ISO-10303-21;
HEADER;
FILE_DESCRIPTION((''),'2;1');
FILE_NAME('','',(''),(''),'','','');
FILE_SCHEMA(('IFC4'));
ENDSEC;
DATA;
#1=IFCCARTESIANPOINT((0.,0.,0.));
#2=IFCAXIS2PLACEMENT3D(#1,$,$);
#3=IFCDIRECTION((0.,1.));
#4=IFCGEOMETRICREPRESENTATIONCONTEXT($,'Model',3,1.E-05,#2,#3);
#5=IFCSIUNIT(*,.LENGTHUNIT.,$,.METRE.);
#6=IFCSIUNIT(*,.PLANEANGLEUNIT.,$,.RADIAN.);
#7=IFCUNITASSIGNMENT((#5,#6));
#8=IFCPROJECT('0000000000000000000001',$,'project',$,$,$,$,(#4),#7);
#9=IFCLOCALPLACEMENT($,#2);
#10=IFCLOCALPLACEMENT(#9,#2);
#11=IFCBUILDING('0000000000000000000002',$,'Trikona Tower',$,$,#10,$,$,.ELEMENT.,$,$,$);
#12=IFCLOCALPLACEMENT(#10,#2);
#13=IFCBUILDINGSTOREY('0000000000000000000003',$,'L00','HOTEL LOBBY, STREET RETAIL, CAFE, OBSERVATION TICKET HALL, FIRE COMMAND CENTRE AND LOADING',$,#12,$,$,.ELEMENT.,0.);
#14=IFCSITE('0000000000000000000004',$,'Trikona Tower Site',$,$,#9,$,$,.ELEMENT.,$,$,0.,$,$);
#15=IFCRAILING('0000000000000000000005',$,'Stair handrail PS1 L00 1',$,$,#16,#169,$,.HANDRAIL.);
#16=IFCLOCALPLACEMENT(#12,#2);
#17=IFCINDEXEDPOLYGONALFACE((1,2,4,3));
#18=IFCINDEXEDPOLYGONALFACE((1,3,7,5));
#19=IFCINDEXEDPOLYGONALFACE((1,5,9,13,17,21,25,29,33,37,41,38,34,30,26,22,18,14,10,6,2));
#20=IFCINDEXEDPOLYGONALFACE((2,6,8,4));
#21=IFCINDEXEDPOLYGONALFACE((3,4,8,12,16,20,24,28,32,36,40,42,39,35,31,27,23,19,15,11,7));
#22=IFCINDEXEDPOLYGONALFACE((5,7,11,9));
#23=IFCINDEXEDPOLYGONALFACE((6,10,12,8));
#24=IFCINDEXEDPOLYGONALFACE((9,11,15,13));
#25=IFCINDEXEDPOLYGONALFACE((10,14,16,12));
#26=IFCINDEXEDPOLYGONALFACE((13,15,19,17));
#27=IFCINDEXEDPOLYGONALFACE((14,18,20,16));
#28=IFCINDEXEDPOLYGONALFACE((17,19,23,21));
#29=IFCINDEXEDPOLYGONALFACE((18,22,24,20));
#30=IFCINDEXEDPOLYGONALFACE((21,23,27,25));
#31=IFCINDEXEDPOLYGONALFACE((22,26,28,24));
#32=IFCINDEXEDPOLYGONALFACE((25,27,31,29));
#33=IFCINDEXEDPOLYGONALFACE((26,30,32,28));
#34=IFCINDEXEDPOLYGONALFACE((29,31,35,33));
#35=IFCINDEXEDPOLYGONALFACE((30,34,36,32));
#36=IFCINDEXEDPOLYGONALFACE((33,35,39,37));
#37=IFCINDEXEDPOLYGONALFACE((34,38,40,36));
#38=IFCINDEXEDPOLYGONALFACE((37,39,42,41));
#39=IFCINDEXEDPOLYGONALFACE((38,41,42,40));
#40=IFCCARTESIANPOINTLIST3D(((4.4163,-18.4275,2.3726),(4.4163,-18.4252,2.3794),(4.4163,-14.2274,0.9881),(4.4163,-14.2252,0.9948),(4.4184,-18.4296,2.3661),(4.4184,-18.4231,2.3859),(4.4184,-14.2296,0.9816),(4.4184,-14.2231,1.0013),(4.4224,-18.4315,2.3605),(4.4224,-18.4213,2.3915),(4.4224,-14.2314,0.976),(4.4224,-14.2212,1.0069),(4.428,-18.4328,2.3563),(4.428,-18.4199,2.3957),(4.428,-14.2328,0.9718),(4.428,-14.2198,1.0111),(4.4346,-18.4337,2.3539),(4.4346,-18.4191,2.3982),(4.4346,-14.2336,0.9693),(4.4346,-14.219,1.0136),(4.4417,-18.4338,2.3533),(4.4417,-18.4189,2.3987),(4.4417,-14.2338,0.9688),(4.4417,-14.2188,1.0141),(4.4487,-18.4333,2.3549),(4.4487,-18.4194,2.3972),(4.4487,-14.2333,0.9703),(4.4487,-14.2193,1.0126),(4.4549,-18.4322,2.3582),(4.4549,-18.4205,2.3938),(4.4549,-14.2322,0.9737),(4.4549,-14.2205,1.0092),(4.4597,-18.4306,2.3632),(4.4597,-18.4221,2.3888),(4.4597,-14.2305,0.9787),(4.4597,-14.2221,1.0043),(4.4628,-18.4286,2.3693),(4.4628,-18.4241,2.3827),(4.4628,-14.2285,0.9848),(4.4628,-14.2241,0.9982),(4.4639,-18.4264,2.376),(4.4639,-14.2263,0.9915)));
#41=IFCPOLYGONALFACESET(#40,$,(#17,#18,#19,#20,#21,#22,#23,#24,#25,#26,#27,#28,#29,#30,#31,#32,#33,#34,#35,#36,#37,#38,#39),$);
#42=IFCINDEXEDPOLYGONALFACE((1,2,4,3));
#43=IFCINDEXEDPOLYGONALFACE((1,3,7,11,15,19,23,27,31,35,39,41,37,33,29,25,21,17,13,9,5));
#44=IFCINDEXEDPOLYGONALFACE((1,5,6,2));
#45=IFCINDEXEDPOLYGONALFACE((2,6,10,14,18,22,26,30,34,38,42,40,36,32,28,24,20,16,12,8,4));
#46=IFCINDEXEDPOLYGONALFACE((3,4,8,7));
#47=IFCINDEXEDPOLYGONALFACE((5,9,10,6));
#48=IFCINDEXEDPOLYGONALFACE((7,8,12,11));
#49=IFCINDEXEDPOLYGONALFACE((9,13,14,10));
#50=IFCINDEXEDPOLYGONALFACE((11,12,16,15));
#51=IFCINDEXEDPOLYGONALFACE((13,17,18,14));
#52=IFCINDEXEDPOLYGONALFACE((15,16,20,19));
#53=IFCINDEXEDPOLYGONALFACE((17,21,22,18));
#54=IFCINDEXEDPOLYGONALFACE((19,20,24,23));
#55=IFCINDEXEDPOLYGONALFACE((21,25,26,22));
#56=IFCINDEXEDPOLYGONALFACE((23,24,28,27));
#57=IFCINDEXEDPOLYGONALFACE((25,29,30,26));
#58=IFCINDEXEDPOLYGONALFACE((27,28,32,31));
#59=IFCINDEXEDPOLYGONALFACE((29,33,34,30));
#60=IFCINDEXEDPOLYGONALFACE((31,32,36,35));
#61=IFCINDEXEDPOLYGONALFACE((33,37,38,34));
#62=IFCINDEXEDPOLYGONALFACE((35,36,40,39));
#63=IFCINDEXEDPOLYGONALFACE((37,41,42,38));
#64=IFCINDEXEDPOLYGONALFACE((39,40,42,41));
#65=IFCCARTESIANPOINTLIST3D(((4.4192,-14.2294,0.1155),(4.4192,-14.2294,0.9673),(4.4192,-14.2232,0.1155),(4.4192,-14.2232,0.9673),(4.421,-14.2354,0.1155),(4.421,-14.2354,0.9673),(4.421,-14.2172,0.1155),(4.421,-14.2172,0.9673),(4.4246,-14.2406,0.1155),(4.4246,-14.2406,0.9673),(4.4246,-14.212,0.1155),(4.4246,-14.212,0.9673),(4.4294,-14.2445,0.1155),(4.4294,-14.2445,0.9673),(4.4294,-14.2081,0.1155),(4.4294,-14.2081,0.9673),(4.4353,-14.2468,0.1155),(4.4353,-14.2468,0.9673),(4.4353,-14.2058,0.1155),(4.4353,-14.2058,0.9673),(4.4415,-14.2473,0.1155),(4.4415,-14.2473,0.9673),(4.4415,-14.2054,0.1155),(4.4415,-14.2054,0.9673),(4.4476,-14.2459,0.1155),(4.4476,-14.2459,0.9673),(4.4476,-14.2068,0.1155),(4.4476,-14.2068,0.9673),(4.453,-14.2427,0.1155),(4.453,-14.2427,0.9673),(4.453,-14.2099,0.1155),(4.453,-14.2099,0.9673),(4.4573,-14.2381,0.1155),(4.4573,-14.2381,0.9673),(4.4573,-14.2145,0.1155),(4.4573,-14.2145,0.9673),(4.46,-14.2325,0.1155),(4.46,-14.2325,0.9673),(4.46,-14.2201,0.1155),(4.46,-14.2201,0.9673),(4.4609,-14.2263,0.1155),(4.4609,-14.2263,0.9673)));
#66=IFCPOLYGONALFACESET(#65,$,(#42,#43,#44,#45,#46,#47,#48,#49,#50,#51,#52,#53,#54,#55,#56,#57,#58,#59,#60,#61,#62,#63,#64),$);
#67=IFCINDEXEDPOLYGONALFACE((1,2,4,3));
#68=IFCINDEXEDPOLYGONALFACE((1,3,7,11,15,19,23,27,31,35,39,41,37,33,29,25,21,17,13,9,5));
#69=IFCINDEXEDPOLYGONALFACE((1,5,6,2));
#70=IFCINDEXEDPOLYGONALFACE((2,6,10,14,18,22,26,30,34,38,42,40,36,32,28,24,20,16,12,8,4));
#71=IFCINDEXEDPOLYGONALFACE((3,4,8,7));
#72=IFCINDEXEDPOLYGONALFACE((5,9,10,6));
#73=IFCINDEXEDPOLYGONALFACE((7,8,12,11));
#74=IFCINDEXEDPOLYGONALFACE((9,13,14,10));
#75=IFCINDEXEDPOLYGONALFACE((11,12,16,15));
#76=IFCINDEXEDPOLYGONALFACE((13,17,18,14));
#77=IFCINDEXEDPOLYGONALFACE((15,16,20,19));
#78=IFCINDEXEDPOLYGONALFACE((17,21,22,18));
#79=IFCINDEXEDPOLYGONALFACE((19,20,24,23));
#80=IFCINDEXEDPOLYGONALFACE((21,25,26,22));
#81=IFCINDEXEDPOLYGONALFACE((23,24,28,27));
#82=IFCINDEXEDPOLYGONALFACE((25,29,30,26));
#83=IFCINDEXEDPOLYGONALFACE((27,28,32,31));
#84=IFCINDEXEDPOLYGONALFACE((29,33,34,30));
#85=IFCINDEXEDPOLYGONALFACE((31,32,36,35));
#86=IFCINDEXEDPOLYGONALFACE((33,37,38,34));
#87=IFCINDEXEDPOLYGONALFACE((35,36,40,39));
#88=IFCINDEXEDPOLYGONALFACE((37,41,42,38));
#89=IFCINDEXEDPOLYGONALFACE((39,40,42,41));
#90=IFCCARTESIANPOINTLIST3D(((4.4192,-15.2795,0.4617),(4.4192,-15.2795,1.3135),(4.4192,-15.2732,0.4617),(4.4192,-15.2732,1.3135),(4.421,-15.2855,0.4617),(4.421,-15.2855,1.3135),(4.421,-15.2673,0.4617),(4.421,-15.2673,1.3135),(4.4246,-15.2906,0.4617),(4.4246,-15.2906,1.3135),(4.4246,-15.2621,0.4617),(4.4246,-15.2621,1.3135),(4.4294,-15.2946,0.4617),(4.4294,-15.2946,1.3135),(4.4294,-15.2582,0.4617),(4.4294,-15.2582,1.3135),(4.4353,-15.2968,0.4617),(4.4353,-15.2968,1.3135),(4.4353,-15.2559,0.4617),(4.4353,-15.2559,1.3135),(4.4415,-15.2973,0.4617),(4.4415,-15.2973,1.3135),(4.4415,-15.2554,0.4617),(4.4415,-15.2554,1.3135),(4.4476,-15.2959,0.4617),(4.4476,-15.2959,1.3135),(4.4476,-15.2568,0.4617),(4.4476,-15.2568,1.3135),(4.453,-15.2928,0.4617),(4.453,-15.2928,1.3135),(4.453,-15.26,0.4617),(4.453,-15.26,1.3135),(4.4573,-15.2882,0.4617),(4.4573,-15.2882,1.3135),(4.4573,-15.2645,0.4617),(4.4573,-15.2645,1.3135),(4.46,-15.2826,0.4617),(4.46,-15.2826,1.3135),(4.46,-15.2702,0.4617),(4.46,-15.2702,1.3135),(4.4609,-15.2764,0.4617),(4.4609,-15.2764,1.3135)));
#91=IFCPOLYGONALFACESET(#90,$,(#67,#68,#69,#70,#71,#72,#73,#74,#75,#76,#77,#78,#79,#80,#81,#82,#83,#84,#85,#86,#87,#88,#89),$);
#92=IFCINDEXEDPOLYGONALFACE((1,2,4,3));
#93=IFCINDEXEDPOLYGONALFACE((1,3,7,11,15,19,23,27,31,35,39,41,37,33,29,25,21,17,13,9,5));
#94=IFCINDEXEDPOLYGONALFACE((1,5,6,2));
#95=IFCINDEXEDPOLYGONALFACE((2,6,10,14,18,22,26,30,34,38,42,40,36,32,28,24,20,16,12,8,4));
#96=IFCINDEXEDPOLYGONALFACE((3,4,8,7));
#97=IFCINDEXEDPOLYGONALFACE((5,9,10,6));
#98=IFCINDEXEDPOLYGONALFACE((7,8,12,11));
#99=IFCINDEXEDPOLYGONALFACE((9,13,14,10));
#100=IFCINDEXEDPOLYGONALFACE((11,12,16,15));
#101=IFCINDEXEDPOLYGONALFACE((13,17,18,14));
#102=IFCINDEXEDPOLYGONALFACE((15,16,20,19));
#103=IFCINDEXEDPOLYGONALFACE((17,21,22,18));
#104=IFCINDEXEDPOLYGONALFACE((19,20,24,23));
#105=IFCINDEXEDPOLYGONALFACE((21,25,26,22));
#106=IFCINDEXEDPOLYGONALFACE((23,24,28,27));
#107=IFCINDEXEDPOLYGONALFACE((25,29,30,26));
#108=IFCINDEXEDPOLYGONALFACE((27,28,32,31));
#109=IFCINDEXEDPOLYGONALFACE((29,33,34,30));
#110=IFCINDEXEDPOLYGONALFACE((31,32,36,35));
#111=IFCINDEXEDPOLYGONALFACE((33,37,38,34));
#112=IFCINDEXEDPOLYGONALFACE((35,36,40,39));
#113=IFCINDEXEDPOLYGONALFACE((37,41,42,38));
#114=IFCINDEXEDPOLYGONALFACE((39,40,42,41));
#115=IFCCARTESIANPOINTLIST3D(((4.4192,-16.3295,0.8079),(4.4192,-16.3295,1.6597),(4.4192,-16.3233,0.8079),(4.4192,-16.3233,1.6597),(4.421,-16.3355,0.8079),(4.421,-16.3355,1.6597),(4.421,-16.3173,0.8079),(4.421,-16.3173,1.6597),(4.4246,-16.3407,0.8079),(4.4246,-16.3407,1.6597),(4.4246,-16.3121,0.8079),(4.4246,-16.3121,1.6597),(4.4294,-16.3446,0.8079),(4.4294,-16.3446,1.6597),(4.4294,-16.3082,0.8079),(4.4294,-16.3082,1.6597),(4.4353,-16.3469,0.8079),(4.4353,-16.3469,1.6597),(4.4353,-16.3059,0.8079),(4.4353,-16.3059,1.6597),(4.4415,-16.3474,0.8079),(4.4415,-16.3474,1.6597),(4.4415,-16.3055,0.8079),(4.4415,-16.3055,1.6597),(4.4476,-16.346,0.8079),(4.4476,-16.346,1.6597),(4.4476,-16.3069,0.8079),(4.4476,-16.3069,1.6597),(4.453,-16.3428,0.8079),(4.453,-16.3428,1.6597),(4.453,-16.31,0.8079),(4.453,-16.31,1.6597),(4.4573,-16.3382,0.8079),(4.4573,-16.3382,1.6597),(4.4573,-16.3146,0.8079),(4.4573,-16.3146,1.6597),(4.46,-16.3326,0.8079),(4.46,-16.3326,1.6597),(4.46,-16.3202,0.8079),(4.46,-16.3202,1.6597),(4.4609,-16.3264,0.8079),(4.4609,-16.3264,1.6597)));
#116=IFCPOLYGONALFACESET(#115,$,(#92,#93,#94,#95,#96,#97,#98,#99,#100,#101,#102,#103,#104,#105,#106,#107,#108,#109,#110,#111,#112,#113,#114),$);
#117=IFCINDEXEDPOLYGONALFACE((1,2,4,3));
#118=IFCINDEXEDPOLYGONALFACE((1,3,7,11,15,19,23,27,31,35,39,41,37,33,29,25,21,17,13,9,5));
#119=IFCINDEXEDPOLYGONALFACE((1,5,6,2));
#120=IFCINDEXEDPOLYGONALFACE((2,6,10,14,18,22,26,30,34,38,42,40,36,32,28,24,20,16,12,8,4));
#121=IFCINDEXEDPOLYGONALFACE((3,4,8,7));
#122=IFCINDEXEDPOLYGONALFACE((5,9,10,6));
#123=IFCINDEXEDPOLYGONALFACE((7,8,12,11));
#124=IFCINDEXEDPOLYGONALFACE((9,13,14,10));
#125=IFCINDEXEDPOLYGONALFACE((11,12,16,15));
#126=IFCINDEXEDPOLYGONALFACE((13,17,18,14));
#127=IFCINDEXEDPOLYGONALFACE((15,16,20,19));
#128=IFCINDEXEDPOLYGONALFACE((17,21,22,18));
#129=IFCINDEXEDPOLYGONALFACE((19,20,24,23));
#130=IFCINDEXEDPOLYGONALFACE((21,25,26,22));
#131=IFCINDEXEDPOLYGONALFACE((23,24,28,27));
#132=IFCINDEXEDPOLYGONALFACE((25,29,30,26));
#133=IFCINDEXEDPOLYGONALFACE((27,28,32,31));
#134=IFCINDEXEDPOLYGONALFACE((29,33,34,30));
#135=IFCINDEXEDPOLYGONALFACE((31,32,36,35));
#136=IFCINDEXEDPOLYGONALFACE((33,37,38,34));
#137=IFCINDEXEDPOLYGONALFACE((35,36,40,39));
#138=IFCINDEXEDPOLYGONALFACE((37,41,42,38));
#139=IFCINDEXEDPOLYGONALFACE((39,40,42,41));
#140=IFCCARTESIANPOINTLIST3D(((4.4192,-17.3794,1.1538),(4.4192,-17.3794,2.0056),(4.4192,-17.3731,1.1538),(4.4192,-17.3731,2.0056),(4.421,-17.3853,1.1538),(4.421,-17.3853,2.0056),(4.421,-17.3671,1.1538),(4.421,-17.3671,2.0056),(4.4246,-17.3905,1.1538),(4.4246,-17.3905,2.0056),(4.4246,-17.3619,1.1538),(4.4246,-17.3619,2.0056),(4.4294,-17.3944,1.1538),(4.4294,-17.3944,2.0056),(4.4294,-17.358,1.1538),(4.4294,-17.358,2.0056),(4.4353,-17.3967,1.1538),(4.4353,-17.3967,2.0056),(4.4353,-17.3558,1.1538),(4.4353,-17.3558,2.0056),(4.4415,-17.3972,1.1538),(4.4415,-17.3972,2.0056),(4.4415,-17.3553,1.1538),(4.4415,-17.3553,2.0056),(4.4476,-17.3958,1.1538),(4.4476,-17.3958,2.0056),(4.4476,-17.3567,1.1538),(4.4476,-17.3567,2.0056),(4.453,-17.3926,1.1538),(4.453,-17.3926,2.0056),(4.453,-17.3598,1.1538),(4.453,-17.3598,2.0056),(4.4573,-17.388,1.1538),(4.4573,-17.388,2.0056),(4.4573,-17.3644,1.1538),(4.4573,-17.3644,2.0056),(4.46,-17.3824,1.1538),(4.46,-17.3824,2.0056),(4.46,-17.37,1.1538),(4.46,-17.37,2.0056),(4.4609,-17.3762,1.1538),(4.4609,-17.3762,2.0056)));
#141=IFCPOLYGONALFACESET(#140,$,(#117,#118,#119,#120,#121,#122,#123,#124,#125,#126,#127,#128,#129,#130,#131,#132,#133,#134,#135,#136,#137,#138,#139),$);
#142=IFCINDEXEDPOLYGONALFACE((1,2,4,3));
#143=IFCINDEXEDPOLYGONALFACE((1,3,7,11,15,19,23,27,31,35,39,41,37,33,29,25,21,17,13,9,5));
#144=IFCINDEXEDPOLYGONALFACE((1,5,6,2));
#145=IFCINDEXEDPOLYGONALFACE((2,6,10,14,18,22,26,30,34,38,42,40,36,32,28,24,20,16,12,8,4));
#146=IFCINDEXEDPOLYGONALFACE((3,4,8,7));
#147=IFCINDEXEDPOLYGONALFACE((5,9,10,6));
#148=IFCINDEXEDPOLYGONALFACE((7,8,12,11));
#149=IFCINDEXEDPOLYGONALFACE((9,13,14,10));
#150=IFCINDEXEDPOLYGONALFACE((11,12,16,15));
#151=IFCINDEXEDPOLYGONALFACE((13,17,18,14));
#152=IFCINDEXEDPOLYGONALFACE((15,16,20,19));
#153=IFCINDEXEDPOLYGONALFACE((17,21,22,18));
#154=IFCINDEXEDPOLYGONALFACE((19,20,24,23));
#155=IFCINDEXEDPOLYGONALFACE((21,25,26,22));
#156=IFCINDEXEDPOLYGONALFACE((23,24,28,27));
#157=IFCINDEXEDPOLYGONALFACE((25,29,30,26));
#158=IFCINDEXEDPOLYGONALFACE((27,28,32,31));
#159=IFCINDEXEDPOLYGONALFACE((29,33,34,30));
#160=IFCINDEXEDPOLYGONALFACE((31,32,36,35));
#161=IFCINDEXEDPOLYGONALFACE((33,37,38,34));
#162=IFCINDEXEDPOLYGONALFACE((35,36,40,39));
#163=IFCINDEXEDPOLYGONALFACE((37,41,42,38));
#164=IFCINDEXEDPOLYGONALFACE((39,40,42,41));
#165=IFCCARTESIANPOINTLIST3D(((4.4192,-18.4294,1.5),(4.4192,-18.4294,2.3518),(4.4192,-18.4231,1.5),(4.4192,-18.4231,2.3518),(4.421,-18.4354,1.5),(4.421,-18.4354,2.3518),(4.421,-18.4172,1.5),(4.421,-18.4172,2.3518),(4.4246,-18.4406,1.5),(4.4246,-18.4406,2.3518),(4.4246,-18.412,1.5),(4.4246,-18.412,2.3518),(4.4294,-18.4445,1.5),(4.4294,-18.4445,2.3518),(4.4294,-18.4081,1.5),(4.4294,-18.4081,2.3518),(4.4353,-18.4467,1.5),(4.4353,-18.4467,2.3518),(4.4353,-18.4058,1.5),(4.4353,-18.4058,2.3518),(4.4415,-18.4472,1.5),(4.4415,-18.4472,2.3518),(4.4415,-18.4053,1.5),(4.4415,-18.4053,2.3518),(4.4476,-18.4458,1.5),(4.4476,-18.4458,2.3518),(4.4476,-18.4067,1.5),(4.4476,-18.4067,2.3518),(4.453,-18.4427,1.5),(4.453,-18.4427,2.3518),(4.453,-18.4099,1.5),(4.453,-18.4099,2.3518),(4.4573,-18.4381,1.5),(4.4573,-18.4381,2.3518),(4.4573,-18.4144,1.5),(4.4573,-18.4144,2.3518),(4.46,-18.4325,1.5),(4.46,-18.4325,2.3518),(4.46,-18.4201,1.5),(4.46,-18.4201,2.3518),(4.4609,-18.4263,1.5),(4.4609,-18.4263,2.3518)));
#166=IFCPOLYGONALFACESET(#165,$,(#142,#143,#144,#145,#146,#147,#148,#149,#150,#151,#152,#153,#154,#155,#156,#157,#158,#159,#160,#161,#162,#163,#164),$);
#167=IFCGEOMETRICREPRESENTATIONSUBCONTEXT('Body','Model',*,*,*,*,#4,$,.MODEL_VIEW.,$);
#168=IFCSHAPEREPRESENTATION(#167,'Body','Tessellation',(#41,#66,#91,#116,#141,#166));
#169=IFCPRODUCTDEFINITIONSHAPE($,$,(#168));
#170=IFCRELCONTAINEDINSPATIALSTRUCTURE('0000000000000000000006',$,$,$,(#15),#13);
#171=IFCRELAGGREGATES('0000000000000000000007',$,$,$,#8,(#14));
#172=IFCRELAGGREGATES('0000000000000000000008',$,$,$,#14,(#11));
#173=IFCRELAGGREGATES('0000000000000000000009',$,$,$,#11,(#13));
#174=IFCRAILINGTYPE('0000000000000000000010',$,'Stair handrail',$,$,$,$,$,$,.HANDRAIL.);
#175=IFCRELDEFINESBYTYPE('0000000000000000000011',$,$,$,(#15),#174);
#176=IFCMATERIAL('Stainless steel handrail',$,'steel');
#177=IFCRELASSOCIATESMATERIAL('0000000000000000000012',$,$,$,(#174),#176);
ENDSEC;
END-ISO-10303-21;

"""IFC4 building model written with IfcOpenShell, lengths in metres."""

from ifc_helpers import new_model, si_unit, direction, frame, origin, origin_2d, place, context, subcontext, project, spatial, circle, extrude, material, type_object, element, save


model = new_model("IFC4")

# Units and contexts
model_context = context("Model", 3, precision=1e-05, world=origin(), true_north=direction((0.0, 1.0)))
body_context = subcontext(model_context, "Body", "Model", "MODEL_VIEW")
ifc_project = project(units=[si_unit("LENGTHUNIT", "METRE"), si_unit("PLANEANGLEUNIT", "RADIAN")], contexts=[model_context])

# Site, building, storey
site_placement = place(None, origin())
site = spatial("IfcSite", under=ifc_project, at=site_placement, Name="Trikona Tower Site", CompositionType="ELEMENT", RefElevation=0.0)
building_placement = place(site_placement, origin())
building = spatial("IfcBuilding", under=site, at=building_placement, Name="Trikona Tower", CompositionType="ELEMENT")
storey_placement = place(building_placement, origin())
storey = spatial("IfcBuildingStorey", under=building, at=storey_placement, Name="L00", Description="HOTEL LOBBY, STREET RETAIL, CAFE, OBSERVATION TICKET HALL, FIRE COMMAND CENTRE AND LOADING", CompositionType="ELEMENT", Elevation=0.0)

# Railing
ifc_material_1 = material(Name="Stainless steel handrail", Category="steel")
railing_type = type_object("IfcRailingType", Name="Stair handrail", PredefinedType="HANDRAIL", material=ifc_material_1)
for number, where, name in (
    (1, (4.4399, -14.2263, 0.1155), "Stair handrail PS1 L00 1"),
):
    element("IfcRailing", number, at=place(storey_placement, frame(where)), inside=storey, type_object=railing_type, Name=name, PredefinedType="HANDRAIL", context=body_context, shape_type="SweptSolid", body=[
        extrude(circle(Radius=0.0239, at=origin_2d()), frame((0.0, 0.0, 0.876), z_axis=(0.0, -0.949727, 0.313079), x_axis=(1.0, 0.0, 0.0)), (0.0, 0.0, 1.0), 4.4224),
        extrude(circle(Radius=0.021, at=origin_2d()), origin(), (0.0, 0.0, 1.0), 0.8518),
        extrude(circle(Radius=0.021, at=origin_2d()), frame((0.0, -1.05, 0.3462)), (0.0, 0.0, 1.0), 0.8518),
        extrude(circle(Radius=0.021, at=origin_2d()), frame((0.0, -2.1001, 0.6924)), (0.0, 0.0, 1.0), 0.8518),
        extrude(circle(Radius=0.021, at=origin_2d()), frame((0.0, -3.1499, 1.0383)), (0.0, 0.0, 1.0), 0.8518),
        extrude(circle(Radius=0.021, at=origin_2d()), frame((0.0, -4.2, 1.3845)), (0.0, 0.0, 1.0), 0.8518),
    ])

save(model, "model.ifc")
